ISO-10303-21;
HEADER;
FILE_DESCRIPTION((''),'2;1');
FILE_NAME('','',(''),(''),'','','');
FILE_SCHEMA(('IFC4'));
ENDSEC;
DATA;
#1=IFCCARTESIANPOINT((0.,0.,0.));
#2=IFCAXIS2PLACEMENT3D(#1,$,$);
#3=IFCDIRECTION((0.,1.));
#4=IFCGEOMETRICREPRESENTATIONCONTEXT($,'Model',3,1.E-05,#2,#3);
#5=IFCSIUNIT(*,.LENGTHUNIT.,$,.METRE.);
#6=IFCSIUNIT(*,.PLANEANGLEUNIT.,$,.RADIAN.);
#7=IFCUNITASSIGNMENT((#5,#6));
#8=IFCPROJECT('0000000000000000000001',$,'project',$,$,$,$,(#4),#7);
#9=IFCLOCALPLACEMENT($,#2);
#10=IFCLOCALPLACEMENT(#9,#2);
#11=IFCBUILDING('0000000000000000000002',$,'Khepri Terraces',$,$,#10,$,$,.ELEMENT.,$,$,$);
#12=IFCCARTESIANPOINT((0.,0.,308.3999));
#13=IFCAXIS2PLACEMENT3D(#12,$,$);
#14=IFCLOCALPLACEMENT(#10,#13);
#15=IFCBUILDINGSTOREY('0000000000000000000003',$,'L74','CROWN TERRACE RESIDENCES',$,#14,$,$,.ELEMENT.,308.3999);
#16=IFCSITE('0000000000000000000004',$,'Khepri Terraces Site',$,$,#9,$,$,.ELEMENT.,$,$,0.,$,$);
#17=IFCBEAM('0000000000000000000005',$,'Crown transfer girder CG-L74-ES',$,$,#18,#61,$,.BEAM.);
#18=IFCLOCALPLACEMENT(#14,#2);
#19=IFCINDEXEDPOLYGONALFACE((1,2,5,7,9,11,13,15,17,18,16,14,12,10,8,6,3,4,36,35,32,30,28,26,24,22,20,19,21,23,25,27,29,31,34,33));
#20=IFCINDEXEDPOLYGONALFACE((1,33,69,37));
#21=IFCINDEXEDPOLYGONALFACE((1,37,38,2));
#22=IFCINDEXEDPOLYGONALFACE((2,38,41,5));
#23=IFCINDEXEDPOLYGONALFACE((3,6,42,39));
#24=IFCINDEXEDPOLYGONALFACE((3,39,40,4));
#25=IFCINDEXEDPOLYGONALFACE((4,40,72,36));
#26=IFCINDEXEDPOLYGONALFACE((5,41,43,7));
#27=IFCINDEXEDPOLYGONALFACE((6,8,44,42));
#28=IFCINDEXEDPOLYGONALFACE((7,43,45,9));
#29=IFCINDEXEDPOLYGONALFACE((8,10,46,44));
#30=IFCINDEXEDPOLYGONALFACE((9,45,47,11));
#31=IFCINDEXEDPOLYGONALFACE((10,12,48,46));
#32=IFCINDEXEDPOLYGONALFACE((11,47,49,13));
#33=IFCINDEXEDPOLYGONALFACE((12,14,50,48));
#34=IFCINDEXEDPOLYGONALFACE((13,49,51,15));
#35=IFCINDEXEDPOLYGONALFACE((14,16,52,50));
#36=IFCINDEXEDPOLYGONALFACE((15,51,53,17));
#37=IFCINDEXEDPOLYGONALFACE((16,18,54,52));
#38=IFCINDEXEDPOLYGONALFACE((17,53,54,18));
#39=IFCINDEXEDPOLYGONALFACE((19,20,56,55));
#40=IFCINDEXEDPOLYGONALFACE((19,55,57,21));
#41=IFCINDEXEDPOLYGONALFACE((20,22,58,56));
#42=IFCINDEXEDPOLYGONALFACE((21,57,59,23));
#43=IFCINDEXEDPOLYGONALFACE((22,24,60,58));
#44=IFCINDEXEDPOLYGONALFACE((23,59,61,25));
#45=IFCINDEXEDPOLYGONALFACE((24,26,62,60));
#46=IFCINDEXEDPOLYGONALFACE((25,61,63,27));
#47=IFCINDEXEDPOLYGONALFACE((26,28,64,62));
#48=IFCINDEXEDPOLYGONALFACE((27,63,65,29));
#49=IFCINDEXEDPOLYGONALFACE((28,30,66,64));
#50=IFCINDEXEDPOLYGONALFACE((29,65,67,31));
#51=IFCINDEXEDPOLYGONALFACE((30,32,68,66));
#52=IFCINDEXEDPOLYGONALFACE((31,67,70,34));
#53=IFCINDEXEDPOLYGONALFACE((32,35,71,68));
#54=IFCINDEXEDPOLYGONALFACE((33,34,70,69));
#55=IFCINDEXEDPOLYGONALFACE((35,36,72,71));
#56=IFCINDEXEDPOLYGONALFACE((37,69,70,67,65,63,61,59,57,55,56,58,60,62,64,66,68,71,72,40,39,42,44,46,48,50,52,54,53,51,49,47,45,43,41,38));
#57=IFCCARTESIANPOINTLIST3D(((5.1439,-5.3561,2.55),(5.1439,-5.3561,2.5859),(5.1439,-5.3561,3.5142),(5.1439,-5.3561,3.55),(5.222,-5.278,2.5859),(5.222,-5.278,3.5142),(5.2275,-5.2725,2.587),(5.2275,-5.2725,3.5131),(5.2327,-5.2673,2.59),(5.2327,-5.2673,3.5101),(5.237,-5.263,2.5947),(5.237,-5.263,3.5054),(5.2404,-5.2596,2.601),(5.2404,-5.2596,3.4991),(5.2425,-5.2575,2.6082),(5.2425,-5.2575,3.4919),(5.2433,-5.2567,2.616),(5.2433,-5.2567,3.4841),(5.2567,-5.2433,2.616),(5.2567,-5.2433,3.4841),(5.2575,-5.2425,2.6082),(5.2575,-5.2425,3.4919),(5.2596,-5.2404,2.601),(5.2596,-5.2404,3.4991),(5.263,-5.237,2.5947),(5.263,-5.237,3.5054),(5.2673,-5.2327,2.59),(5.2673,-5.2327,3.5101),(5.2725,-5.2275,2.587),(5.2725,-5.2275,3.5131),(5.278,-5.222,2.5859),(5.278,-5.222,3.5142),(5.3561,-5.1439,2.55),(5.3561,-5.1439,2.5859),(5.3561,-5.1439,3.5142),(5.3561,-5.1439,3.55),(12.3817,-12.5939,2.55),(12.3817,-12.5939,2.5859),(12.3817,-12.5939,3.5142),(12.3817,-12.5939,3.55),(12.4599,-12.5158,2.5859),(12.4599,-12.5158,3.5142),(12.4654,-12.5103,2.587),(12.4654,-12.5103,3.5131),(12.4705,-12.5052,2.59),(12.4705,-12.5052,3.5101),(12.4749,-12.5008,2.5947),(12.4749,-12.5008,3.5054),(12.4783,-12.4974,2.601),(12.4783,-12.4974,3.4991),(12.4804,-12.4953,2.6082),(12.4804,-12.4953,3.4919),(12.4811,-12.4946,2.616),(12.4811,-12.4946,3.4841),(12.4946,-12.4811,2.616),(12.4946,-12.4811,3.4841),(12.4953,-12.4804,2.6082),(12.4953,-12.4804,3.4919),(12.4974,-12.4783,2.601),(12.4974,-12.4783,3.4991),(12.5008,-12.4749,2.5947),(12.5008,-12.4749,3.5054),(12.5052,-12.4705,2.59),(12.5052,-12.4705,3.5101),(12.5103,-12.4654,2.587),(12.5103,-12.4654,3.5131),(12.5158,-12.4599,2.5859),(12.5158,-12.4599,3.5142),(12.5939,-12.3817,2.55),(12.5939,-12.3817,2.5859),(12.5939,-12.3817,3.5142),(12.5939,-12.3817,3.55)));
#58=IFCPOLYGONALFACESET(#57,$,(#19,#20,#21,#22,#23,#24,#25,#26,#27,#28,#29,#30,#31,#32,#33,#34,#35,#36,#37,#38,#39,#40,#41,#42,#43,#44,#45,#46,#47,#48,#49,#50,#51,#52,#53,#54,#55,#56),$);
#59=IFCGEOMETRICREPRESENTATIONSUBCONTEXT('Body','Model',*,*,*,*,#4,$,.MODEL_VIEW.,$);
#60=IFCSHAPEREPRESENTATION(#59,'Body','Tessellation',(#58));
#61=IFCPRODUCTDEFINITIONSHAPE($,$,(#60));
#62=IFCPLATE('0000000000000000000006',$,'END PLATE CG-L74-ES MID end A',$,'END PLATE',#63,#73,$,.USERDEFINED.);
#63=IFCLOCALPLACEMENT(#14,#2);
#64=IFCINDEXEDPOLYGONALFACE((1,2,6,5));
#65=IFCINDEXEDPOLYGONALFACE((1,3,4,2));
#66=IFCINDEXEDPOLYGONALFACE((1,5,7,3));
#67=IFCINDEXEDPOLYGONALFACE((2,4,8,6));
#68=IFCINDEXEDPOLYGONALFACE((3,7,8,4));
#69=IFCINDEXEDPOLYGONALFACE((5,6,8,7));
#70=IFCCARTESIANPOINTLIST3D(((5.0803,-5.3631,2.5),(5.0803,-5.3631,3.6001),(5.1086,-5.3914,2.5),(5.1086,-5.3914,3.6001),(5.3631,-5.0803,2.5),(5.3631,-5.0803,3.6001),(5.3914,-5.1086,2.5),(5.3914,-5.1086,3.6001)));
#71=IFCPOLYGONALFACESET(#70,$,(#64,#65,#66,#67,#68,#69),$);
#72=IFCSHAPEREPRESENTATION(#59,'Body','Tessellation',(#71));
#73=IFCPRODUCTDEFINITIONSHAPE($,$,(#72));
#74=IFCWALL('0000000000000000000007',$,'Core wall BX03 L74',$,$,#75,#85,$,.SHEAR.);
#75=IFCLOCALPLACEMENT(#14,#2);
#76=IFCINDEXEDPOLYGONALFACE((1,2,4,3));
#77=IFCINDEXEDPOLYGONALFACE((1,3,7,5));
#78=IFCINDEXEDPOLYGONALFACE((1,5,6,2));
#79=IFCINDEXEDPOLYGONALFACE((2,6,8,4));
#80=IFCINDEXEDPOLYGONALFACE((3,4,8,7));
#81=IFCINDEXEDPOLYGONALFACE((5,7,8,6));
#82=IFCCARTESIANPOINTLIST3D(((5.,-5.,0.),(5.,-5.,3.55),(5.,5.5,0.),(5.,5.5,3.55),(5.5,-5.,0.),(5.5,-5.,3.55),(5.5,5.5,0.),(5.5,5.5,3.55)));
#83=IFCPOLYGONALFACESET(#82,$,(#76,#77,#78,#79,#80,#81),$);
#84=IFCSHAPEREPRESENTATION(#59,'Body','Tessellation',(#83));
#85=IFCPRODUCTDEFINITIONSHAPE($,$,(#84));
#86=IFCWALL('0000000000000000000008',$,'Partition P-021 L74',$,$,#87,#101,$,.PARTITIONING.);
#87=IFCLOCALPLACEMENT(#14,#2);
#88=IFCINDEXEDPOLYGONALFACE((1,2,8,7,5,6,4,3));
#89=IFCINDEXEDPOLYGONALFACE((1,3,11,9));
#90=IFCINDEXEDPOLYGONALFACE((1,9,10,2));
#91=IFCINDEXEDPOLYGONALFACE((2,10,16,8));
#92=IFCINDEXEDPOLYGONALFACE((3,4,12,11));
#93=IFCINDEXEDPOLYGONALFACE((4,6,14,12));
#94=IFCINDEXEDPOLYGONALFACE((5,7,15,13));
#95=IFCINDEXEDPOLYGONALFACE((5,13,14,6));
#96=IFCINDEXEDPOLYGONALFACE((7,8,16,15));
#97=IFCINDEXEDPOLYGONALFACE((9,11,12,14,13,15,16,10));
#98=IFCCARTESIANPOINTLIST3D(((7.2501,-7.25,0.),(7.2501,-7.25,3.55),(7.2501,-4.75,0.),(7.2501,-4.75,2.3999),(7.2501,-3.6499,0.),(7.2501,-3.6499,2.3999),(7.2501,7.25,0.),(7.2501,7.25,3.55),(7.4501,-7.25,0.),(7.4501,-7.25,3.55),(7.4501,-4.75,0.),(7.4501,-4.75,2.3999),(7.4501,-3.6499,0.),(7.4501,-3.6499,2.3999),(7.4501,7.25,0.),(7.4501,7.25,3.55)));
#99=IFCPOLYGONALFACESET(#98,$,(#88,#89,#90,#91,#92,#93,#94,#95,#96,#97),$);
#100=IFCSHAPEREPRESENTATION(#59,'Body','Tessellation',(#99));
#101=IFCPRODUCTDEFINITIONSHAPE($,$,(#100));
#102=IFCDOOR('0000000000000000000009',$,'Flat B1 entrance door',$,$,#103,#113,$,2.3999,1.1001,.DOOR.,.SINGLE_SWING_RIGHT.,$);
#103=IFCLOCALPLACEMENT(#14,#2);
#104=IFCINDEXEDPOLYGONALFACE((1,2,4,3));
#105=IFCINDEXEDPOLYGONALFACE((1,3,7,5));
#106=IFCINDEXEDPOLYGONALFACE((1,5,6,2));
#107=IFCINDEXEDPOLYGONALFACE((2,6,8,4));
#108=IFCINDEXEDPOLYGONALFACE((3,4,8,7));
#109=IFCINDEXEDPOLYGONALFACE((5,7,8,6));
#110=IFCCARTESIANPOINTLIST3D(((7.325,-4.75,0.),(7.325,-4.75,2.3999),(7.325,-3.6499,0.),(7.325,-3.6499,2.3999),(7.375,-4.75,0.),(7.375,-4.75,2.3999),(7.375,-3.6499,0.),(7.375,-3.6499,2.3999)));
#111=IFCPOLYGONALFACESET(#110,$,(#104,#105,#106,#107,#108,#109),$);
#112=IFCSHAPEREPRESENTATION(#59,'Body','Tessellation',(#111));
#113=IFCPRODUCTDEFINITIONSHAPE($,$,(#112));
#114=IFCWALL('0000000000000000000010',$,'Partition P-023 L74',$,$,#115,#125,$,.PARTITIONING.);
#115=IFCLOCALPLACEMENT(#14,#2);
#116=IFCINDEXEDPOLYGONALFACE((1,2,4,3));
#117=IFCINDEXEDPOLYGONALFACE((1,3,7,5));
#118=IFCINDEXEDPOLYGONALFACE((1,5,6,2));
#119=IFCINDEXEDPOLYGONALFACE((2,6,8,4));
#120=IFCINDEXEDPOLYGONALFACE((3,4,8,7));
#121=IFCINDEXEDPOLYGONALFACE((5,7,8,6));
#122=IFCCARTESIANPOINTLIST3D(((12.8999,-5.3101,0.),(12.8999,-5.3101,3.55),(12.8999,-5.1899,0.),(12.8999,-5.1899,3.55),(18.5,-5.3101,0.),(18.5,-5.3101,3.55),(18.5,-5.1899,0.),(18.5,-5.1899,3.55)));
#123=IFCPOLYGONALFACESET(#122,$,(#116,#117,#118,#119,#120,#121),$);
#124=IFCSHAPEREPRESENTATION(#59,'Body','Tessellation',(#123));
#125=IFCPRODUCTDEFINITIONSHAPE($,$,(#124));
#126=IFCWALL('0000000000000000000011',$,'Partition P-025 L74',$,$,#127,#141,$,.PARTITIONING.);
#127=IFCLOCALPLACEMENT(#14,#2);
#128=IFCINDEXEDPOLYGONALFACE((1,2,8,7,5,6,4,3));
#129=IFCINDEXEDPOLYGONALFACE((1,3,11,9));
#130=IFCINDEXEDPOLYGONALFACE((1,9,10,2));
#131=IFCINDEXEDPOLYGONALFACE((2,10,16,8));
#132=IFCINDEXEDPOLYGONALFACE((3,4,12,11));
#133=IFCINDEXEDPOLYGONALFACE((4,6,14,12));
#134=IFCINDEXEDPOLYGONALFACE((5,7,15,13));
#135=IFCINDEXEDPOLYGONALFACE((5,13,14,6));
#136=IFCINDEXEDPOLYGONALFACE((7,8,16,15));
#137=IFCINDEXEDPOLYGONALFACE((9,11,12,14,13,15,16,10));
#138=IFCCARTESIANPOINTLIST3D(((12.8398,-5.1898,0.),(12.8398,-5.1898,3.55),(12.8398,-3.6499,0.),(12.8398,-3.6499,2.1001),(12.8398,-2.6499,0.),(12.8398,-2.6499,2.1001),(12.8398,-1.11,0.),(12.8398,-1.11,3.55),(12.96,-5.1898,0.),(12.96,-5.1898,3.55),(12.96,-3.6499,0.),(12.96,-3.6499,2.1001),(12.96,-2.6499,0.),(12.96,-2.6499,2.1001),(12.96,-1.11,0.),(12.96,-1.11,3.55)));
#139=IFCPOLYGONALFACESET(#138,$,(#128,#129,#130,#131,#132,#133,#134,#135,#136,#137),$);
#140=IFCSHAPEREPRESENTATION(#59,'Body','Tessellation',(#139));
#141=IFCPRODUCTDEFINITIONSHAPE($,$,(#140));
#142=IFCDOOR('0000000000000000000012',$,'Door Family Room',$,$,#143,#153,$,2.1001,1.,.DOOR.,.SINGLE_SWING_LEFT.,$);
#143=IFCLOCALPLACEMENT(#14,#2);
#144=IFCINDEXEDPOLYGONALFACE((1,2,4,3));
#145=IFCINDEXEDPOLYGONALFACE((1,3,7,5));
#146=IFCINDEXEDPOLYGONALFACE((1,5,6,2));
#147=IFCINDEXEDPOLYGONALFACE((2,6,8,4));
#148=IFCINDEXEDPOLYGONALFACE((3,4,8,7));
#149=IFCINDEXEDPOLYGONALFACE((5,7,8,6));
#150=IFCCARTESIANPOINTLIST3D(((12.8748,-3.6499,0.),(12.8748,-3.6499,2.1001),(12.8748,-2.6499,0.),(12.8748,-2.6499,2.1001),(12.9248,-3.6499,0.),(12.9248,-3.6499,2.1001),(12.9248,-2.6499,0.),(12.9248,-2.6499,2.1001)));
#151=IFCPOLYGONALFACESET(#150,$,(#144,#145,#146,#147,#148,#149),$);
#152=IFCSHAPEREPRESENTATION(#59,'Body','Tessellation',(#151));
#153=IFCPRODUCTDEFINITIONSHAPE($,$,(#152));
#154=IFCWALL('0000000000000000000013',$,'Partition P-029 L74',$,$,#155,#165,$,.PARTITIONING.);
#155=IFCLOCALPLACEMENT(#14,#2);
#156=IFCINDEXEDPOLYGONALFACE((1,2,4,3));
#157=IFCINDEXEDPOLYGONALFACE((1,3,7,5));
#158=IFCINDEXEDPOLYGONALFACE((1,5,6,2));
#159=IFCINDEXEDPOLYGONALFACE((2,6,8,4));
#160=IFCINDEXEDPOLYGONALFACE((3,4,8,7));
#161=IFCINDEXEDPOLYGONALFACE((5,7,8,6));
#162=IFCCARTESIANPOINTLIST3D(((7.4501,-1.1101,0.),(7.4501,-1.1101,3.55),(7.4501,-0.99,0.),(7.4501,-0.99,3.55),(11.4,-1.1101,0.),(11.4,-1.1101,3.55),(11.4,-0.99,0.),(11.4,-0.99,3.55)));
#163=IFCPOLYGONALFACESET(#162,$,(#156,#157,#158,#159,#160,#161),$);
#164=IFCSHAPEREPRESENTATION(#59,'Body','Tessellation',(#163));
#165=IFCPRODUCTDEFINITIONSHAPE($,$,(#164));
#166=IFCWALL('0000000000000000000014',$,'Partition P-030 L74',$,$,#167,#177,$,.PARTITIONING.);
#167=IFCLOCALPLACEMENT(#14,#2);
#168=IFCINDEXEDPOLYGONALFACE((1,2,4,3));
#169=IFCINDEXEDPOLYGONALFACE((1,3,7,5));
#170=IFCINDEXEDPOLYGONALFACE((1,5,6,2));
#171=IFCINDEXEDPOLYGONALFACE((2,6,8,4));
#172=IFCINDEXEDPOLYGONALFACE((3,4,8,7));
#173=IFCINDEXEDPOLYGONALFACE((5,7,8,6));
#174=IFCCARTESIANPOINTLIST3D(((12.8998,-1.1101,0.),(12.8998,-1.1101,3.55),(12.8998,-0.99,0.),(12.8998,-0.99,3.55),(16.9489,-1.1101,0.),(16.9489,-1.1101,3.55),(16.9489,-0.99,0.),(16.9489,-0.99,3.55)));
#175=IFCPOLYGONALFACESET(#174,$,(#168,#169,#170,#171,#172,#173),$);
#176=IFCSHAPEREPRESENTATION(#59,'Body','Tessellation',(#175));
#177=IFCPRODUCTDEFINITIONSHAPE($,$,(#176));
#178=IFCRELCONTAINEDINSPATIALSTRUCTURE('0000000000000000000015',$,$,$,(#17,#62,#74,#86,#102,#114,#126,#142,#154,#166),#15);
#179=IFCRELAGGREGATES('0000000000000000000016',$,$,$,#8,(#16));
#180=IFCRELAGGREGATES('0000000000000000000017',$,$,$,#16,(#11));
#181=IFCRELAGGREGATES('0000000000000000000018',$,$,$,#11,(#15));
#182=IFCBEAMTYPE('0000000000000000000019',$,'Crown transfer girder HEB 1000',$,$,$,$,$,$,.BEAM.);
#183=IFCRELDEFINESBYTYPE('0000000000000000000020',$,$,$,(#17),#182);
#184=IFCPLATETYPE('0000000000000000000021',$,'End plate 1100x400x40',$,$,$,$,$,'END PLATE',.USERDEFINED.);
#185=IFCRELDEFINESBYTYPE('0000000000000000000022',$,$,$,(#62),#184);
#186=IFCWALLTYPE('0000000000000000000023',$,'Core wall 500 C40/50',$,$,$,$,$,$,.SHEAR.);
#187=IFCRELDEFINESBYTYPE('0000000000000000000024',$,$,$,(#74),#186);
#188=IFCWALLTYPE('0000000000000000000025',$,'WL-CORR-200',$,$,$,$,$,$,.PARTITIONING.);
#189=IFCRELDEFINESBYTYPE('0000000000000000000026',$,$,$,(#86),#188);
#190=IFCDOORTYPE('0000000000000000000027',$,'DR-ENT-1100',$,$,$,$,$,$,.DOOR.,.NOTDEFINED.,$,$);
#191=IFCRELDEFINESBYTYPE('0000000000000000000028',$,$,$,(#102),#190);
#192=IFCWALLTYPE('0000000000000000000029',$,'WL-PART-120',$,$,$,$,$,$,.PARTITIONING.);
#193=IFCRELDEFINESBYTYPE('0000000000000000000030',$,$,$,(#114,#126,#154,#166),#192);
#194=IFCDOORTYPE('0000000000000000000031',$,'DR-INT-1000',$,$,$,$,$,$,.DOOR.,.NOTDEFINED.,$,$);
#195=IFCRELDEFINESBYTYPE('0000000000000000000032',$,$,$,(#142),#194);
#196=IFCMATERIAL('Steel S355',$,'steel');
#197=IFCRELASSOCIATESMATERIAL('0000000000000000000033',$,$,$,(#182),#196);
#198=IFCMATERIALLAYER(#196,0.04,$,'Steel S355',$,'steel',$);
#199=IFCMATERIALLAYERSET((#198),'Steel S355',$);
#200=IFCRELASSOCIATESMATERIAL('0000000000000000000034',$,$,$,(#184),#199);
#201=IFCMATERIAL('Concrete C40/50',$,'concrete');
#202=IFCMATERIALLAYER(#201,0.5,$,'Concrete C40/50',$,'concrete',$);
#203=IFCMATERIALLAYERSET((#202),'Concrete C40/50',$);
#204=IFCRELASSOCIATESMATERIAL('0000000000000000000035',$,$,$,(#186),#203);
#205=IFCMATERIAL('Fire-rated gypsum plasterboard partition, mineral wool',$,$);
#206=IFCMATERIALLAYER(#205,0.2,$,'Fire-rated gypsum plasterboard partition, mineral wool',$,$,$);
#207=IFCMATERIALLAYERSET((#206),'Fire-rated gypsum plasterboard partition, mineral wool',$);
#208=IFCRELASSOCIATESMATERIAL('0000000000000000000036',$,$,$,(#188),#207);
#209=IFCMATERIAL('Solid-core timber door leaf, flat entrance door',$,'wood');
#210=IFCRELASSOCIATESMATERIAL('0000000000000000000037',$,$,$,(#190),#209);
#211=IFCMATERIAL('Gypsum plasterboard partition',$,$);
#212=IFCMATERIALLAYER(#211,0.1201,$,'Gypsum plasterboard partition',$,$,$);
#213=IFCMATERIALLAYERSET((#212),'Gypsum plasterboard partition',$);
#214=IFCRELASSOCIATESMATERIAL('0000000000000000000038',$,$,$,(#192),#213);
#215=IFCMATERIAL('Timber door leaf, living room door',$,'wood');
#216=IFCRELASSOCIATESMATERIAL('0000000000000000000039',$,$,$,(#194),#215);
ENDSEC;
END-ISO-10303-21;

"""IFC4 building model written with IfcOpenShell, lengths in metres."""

from ifc_helpers import new_model, si_unit, direction, frame, frame_2d, origin, origin_2d, place, context, subcontext, project, spatial, rectangle, i_section, extrude, material, layer, layer_set, material_profile, profile_set, type_object, element, fill, save


model = new_model("IFC4")

# Units and contexts
model_context = context("Model", 3, precision=1e-05, world=origin(), true_north=direction((0.0, 1.0)))
body_context = subcontext(model_context, "Body", "Model", "MODEL_VIEW")
ifc_project = project(units=[si_unit("LENGTHUNIT", "METRE"), si_unit("PLANEANGLEUNIT", "RADIAN")], contexts=[model_context])

# Site, building, storey
site_placement = place(None, origin())
site = spatial("IfcSite", under=ifc_project, at=site_placement, Name="Khepri Terraces Site", CompositionType="ELEMENT", RefElevation=0.0)
building_placement = place(site_placement, origin())
building = spatial("IfcBuilding", under=site, at=building_placement, Name="Khepri Terraces", CompositionType="ELEMENT")
storey_placement = place(building_placement, frame((0.0, 0.0, 308.3999)))
storey = spatial("IfcBuildingStorey", under=building, at=storey_placement, Name="L74", Description="CROWN TERRACE RESIDENCES", CompositionType="ELEMENT", Elevation=308.3999)

# Beam
ifc_material_1 = material(Name="Steel S355", Category="steel")
ifc_material_profile = material_profile(ifc_material_1, i_section(OverallWidth=0.3, OverallDepth=1.0, WebThickness=0.019, FlangeThickness=0.0359, FilletRadius=0.03, at=origin_2d()), Name="Steel S355", Category="steel")
ifc_profile_set = profile_set([ifc_material_profile], Name="Steel S355")
beam_type = type_object("IfcBeamType", Name="Crown transfer girder HEB 1000", PredefinedType="BEAM", material=ifc_profile_set)
beam_placement = place(storey_placement, frame((5.25, -5.25, 3.05), z_axis=(0.707107, -0.707107, 0.0), x_axis=(0.707107, 0.707107, 0.0)))
element("IfcBeam", 1, at=beam_placement, inside=storey, type_object=beam_type, Name="Crown transfer girder CG-L74-ES", PredefinedType="BEAM", context=body_context, shape_type="SweptSolid", body=[
    extrude(i_section(OverallWidth=0.3, OverallDepth=1.0, WebThickness=0.019, FlangeThickness=0.0359, FilletRadius=0.03, at=origin_2d()), origin(), (0.0, 0.0, 1.0), 10.2358),
])

# Plate
ifc_layer_1 = layer(ifc_material_1, 0.04, Name="Steel S355", Category="steel")
ifc_layer_set_1 = layer_set([ifc_layer_1], Name="Steel S355")
plate_type = type_object("IfcPlateType", Name="End plate 1100x400x40", ElementType="END PLATE", PredefinedType="USERDEFINED", material=ifc_layer_set_1)
plate_placement = place(storey_placement, frame((5.2358, -5.2358, 2.5), z_axis=(0.0, 0.0, 1.0), x_axis=(0.707107, -0.707107, 0.0)))
element("IfcPlate", 2, at=plate_placement, inside=storey, type_object=plate_type, Name="END PLATE CG-L74-ES MID end A", ObjectType="END PLATE", PredefinedType="USERDEFINED", context=body_context, shape_type="SweptSolid", body=[
    extrude(rectangle(XDim=0.04, YDim=0.3999, at=origin_2d()), origin(), (0.0, 0.0, 1.0), 1.1001),
])

# Wall
ifc_material_2 = material(Name="Concrete C40/50", Category="concrete")
ifc_layer_2 = layer(ifc_material_2, 0.5, Name="Concrete C40/50", Category="concrete")
ifc_layer_set_2 = layer_set([ifc_layer_2], Name="Concrete C40/50")
wall_type_1 = type_object("IfcWallType", Name="Core wall 500 C40/50", PredefinedType="SHEAR", material=ifc_layer_set_2)
wall_1_placement = place(storey_placement, frame((5.25, -5.0, 0.0), z_axis=(0.0, 0.0, 1.0), x_axis=(0.0, 1.0, 0.0)))
element("IfcWall", 3, at=wall_1_placement, inside=storey, type_object=wall_type_1, Name="Core wall BX03 L74", PredefinedType="SHEAR", context=body_context, shape_type="SweptSolid", body=[
    extrude(rectangle(XDim=10.5, YDim=0.5, at=frame_2d((5.25, 0.0))), origin(), (0.0, 0.0, 1.0), 3.55),
])

# Wall, opening, door
ifc_material_3 = material(Name="Fire-rated gypsum plasterboard partition, mineral wool")
ifc_layer_3 = layer(ifc_material_3, 0.2, Name="Fire-rated gypsum plasterboard partition, mineral wool")
ifc_layer_set_3 = layer_set([ifc_layer_3], Name="Fire-rated gypsum plasterboard partition, mineral wool")
wall_type_2 = type_object("IfcWallType", Name="WL-CORR-200", PredefinedType="PARTITIONING", material=ifc_layer_set_3)
wall_2_placement = place(storey_placement, frame((7.3501, -7.25, 0.0), z_axis=(0.0, 0.0, 1.0), x_axis=(0.0, 1.0, 0.0)))
wall_2 = element("IfcWall", 4, at=wall_2_placement, inside=storey, type_object=wall_type_2, Name="Partition P-021 L74", PredefinedType="PARTITIONING", context=body_context, shape_type="SweptSolid", body=[
    extrude(rectangle(XDim=14.5, YDim=0.2, at=frame_2d((7.25, 0.0))), origin(), (0.0, 0.0, 1.0), 3.55),
])
opening_1_placement = place(wall_2_placement, frame((2.5, 0.0, 0.0)))
opening_1 = element("IfcOpeningElement", 5, at=opening_1_placement, cuts=wall_2, PredefinedType="OPENING", context=body_context, shape_type="SweptSolid", body=[
    extrude(rectangle(XDim=1.1001, YDim=2.3999, at=frame_2d((0.55, 1.2))), frame((0.0, 0.1099, 0.0), z_axis=(0.0, -1.0, 0.0), x_axis=(1.0, 0.0, 0.0)), (0.0, 0.0, 1.0), 0.22),
])
ifc_material_4 = material(Name="Solid-core timber door leaf, flat entrance door", Category="wood")
door_type_1 = type_object("IfcDoorType", Name="DR-ENT-1100", OperationType="NOTDEFINED", PredefinedType="DOOR", material=ifc_material_4)
door_1_placement = place(opening_1_placement, frame((1.1001, 0.0, 0.0), z_axis=(0.0, 0.0, 1.0), x_axis=(-1.0, 0.0, 0.0)))
door_1 = element("IfcDoor", 6, at=door_1_placement, inside=storey, type_object=door_type_1, Name="Flat B1 entrance door", OperationType="SINGLE_SWING_RIGHT", OverallHeight=2.3999, OverallWidth=1.1001, PredefinedType="DOOR", context=body_context, shape_type="SweptSolid", body=[
    extrude(rectangle(XDim=1.1001, YDim=2.3999, at=frame_2d((0.55, 1.2))), frame((0.0, 0.0249, 0.0), z_axis=(0.0, -1.0, 0.0), x_axis=(1.0, 0.0, 0.0)), (0.0, 0.0, 1.0), 0.05),
])
fill(opening_1, door_1)

# Wall
ifc_material_5 = material(Name="Gypsum plasterboard partition")
ifc_layer_4 = layer(ifc_material_5, 0.1201, Name="Gypsum plasterboard partition")
ifc_layer_set_4 = layer_set([ifc_layer_4], Name="Gypsum plasterboard partition")
wall_type_3 = type_object("IfcWallType", Name="WL-PART-120", PredefinedType="PARTITIONING", material=ifc_layer_set_4)
wall_3_placement = place(storey_placement, frame((12.8999, -5.25, 0.0), z_axis=(0.0, 0.0, 1.0), x_axis=(1.0, 0.0, 0.0)))
element("IfcWall", 7, at=wall_3_placement, inside=storey, type_object=wall_type_3, Name="Partition P-023 L74", PredefinedType="PARTITIONING", context=body_context, shape_type="SweptSolid", body=[
    extrude(rectangle(XDim=5.6001, YDim=0.1201, at=frame_2d((2.8, 0.0))), origin(), (0.0, 0.0, 1.0), 3.55),
])

# Wall, opening, door
wall_4_placement = place(storey_placement, frame((12.8999, -5.1899, 0.0), z_axis=(0.0, 0.0, 1.0), x_axis=(0.0, 1.0, 0.0)))
wall_4 = element("IfcWall", 8, at=wall_4_placement, inside=storey, type_object=wall_type_3, Name="Partition P-025 L74", PredefinedType="PARTITIONING", context=body_context, shape_type="SweptSolid", body=[
    extrude(rectangle(XDim=4.0798, YDim=0.1201, at=frame_2d((2.04, 0.0))), origin(), (0.0, 0.0, 1.0), 3.55),
])
opening_2_placement = place(wall_4_placement, frame((1.54, 0.0, 0.0)))
opening_2 = element("IfcOpeningElement", 9, at=opening_2_placement, cuts=wall_4, PredefinedType="OPENING", context=body_context, shape_type="SweptSolid", body=[
    extrude(rectangle(XDim=1.0, YDim=2.1001, at=frame_2d((0.5, 1.05))), frame((0.0, 0.0701, 0.0), z_axis=(0.0, -1.0, 0.0), x_axis=(1.0, 0.0, 0.0)), (0.0, 0.0, 1.0), 0.1401),
])
ifc_material_6 = material(Name="Timber door leaf, living room door", Category="wood")
door_type_2 = type_object("IfcDoorType", Name="DR-INT-1000", OperationType="NOTDEFINED", PredefinedType="DOOR", material=ifc_material_6)
door_2_placement = place(opening_2_placement, frame((1.0, 0.0, 0.0), z_axis=(0.0, 0.0, 1.0), x_axis=(-1.0, 0.0, 0.0)))
door_2 = element("IfcDoor", 10, at=door_2_placement, inside=storey, type_object=door_type_2, Name="Door Family Room", OperationType="SINGLE_SWING_LEFT", OverallHeight=2.1001, OverallWidth=1.0, PredefinedType="DOOR", context=body_context, shape_type="SweptSolid", body=[
    extrude(rectangle(XDim=1.0, YDim=2.1001, at=frame_2d((0.5, 1.05))), frame((0.0, 0.0249, 0.0), z_axis=(0.0, -1.0, 0.0), x_axis=(1.0, 0.0, 0.0)), (0.0, 0.0, 1.0), 0.05),
])
fill(opening_2, door_2)

# Walls
wall_5_placement = place(storey_placement, frame((7.45, -1.05, 0.0), z_axis=(0.0, 0.0, 1.0), x_axis=(1.0, 0.0, 0.0)))
element("IfcWall", 11, at=wall_5_placement, inside=storey, type_object=wall_type_3, Name="Partition P-029 L74", PredefinedType="PARTITIONING", context=body_context, shape_type="SweptSolid", body=[
    extrude(rectangle(XDim=3.95, YDim=0.1201, at=frame_2d((1.9751, 0.0))), origin(), (0.0, 0.0, 1.0), 3.55),
])
wall_6_placement = place(storey_placement, frame((12.8999, -1.05, 0.0), z_axis=(0.0, 0.0, 1.0), x_axis=(1.0, 0.0, 0.0)))
element("IfcWall", 12, at=wall_6_placement, inside=storey, type_object=wall_type_3, Name="Partition P-030 L74", PredefinedType="PARTITIONING", context=body_context, shape_type="SweptSolid", body=[
    extrude(rectangle(XDim=4.0491, YDim=0.1201, at=frame_2d((2.0244, 0.0))), origin(), (0.0, 0.0, 1.0), 3.55),
])

save(model, "model.ifc")
